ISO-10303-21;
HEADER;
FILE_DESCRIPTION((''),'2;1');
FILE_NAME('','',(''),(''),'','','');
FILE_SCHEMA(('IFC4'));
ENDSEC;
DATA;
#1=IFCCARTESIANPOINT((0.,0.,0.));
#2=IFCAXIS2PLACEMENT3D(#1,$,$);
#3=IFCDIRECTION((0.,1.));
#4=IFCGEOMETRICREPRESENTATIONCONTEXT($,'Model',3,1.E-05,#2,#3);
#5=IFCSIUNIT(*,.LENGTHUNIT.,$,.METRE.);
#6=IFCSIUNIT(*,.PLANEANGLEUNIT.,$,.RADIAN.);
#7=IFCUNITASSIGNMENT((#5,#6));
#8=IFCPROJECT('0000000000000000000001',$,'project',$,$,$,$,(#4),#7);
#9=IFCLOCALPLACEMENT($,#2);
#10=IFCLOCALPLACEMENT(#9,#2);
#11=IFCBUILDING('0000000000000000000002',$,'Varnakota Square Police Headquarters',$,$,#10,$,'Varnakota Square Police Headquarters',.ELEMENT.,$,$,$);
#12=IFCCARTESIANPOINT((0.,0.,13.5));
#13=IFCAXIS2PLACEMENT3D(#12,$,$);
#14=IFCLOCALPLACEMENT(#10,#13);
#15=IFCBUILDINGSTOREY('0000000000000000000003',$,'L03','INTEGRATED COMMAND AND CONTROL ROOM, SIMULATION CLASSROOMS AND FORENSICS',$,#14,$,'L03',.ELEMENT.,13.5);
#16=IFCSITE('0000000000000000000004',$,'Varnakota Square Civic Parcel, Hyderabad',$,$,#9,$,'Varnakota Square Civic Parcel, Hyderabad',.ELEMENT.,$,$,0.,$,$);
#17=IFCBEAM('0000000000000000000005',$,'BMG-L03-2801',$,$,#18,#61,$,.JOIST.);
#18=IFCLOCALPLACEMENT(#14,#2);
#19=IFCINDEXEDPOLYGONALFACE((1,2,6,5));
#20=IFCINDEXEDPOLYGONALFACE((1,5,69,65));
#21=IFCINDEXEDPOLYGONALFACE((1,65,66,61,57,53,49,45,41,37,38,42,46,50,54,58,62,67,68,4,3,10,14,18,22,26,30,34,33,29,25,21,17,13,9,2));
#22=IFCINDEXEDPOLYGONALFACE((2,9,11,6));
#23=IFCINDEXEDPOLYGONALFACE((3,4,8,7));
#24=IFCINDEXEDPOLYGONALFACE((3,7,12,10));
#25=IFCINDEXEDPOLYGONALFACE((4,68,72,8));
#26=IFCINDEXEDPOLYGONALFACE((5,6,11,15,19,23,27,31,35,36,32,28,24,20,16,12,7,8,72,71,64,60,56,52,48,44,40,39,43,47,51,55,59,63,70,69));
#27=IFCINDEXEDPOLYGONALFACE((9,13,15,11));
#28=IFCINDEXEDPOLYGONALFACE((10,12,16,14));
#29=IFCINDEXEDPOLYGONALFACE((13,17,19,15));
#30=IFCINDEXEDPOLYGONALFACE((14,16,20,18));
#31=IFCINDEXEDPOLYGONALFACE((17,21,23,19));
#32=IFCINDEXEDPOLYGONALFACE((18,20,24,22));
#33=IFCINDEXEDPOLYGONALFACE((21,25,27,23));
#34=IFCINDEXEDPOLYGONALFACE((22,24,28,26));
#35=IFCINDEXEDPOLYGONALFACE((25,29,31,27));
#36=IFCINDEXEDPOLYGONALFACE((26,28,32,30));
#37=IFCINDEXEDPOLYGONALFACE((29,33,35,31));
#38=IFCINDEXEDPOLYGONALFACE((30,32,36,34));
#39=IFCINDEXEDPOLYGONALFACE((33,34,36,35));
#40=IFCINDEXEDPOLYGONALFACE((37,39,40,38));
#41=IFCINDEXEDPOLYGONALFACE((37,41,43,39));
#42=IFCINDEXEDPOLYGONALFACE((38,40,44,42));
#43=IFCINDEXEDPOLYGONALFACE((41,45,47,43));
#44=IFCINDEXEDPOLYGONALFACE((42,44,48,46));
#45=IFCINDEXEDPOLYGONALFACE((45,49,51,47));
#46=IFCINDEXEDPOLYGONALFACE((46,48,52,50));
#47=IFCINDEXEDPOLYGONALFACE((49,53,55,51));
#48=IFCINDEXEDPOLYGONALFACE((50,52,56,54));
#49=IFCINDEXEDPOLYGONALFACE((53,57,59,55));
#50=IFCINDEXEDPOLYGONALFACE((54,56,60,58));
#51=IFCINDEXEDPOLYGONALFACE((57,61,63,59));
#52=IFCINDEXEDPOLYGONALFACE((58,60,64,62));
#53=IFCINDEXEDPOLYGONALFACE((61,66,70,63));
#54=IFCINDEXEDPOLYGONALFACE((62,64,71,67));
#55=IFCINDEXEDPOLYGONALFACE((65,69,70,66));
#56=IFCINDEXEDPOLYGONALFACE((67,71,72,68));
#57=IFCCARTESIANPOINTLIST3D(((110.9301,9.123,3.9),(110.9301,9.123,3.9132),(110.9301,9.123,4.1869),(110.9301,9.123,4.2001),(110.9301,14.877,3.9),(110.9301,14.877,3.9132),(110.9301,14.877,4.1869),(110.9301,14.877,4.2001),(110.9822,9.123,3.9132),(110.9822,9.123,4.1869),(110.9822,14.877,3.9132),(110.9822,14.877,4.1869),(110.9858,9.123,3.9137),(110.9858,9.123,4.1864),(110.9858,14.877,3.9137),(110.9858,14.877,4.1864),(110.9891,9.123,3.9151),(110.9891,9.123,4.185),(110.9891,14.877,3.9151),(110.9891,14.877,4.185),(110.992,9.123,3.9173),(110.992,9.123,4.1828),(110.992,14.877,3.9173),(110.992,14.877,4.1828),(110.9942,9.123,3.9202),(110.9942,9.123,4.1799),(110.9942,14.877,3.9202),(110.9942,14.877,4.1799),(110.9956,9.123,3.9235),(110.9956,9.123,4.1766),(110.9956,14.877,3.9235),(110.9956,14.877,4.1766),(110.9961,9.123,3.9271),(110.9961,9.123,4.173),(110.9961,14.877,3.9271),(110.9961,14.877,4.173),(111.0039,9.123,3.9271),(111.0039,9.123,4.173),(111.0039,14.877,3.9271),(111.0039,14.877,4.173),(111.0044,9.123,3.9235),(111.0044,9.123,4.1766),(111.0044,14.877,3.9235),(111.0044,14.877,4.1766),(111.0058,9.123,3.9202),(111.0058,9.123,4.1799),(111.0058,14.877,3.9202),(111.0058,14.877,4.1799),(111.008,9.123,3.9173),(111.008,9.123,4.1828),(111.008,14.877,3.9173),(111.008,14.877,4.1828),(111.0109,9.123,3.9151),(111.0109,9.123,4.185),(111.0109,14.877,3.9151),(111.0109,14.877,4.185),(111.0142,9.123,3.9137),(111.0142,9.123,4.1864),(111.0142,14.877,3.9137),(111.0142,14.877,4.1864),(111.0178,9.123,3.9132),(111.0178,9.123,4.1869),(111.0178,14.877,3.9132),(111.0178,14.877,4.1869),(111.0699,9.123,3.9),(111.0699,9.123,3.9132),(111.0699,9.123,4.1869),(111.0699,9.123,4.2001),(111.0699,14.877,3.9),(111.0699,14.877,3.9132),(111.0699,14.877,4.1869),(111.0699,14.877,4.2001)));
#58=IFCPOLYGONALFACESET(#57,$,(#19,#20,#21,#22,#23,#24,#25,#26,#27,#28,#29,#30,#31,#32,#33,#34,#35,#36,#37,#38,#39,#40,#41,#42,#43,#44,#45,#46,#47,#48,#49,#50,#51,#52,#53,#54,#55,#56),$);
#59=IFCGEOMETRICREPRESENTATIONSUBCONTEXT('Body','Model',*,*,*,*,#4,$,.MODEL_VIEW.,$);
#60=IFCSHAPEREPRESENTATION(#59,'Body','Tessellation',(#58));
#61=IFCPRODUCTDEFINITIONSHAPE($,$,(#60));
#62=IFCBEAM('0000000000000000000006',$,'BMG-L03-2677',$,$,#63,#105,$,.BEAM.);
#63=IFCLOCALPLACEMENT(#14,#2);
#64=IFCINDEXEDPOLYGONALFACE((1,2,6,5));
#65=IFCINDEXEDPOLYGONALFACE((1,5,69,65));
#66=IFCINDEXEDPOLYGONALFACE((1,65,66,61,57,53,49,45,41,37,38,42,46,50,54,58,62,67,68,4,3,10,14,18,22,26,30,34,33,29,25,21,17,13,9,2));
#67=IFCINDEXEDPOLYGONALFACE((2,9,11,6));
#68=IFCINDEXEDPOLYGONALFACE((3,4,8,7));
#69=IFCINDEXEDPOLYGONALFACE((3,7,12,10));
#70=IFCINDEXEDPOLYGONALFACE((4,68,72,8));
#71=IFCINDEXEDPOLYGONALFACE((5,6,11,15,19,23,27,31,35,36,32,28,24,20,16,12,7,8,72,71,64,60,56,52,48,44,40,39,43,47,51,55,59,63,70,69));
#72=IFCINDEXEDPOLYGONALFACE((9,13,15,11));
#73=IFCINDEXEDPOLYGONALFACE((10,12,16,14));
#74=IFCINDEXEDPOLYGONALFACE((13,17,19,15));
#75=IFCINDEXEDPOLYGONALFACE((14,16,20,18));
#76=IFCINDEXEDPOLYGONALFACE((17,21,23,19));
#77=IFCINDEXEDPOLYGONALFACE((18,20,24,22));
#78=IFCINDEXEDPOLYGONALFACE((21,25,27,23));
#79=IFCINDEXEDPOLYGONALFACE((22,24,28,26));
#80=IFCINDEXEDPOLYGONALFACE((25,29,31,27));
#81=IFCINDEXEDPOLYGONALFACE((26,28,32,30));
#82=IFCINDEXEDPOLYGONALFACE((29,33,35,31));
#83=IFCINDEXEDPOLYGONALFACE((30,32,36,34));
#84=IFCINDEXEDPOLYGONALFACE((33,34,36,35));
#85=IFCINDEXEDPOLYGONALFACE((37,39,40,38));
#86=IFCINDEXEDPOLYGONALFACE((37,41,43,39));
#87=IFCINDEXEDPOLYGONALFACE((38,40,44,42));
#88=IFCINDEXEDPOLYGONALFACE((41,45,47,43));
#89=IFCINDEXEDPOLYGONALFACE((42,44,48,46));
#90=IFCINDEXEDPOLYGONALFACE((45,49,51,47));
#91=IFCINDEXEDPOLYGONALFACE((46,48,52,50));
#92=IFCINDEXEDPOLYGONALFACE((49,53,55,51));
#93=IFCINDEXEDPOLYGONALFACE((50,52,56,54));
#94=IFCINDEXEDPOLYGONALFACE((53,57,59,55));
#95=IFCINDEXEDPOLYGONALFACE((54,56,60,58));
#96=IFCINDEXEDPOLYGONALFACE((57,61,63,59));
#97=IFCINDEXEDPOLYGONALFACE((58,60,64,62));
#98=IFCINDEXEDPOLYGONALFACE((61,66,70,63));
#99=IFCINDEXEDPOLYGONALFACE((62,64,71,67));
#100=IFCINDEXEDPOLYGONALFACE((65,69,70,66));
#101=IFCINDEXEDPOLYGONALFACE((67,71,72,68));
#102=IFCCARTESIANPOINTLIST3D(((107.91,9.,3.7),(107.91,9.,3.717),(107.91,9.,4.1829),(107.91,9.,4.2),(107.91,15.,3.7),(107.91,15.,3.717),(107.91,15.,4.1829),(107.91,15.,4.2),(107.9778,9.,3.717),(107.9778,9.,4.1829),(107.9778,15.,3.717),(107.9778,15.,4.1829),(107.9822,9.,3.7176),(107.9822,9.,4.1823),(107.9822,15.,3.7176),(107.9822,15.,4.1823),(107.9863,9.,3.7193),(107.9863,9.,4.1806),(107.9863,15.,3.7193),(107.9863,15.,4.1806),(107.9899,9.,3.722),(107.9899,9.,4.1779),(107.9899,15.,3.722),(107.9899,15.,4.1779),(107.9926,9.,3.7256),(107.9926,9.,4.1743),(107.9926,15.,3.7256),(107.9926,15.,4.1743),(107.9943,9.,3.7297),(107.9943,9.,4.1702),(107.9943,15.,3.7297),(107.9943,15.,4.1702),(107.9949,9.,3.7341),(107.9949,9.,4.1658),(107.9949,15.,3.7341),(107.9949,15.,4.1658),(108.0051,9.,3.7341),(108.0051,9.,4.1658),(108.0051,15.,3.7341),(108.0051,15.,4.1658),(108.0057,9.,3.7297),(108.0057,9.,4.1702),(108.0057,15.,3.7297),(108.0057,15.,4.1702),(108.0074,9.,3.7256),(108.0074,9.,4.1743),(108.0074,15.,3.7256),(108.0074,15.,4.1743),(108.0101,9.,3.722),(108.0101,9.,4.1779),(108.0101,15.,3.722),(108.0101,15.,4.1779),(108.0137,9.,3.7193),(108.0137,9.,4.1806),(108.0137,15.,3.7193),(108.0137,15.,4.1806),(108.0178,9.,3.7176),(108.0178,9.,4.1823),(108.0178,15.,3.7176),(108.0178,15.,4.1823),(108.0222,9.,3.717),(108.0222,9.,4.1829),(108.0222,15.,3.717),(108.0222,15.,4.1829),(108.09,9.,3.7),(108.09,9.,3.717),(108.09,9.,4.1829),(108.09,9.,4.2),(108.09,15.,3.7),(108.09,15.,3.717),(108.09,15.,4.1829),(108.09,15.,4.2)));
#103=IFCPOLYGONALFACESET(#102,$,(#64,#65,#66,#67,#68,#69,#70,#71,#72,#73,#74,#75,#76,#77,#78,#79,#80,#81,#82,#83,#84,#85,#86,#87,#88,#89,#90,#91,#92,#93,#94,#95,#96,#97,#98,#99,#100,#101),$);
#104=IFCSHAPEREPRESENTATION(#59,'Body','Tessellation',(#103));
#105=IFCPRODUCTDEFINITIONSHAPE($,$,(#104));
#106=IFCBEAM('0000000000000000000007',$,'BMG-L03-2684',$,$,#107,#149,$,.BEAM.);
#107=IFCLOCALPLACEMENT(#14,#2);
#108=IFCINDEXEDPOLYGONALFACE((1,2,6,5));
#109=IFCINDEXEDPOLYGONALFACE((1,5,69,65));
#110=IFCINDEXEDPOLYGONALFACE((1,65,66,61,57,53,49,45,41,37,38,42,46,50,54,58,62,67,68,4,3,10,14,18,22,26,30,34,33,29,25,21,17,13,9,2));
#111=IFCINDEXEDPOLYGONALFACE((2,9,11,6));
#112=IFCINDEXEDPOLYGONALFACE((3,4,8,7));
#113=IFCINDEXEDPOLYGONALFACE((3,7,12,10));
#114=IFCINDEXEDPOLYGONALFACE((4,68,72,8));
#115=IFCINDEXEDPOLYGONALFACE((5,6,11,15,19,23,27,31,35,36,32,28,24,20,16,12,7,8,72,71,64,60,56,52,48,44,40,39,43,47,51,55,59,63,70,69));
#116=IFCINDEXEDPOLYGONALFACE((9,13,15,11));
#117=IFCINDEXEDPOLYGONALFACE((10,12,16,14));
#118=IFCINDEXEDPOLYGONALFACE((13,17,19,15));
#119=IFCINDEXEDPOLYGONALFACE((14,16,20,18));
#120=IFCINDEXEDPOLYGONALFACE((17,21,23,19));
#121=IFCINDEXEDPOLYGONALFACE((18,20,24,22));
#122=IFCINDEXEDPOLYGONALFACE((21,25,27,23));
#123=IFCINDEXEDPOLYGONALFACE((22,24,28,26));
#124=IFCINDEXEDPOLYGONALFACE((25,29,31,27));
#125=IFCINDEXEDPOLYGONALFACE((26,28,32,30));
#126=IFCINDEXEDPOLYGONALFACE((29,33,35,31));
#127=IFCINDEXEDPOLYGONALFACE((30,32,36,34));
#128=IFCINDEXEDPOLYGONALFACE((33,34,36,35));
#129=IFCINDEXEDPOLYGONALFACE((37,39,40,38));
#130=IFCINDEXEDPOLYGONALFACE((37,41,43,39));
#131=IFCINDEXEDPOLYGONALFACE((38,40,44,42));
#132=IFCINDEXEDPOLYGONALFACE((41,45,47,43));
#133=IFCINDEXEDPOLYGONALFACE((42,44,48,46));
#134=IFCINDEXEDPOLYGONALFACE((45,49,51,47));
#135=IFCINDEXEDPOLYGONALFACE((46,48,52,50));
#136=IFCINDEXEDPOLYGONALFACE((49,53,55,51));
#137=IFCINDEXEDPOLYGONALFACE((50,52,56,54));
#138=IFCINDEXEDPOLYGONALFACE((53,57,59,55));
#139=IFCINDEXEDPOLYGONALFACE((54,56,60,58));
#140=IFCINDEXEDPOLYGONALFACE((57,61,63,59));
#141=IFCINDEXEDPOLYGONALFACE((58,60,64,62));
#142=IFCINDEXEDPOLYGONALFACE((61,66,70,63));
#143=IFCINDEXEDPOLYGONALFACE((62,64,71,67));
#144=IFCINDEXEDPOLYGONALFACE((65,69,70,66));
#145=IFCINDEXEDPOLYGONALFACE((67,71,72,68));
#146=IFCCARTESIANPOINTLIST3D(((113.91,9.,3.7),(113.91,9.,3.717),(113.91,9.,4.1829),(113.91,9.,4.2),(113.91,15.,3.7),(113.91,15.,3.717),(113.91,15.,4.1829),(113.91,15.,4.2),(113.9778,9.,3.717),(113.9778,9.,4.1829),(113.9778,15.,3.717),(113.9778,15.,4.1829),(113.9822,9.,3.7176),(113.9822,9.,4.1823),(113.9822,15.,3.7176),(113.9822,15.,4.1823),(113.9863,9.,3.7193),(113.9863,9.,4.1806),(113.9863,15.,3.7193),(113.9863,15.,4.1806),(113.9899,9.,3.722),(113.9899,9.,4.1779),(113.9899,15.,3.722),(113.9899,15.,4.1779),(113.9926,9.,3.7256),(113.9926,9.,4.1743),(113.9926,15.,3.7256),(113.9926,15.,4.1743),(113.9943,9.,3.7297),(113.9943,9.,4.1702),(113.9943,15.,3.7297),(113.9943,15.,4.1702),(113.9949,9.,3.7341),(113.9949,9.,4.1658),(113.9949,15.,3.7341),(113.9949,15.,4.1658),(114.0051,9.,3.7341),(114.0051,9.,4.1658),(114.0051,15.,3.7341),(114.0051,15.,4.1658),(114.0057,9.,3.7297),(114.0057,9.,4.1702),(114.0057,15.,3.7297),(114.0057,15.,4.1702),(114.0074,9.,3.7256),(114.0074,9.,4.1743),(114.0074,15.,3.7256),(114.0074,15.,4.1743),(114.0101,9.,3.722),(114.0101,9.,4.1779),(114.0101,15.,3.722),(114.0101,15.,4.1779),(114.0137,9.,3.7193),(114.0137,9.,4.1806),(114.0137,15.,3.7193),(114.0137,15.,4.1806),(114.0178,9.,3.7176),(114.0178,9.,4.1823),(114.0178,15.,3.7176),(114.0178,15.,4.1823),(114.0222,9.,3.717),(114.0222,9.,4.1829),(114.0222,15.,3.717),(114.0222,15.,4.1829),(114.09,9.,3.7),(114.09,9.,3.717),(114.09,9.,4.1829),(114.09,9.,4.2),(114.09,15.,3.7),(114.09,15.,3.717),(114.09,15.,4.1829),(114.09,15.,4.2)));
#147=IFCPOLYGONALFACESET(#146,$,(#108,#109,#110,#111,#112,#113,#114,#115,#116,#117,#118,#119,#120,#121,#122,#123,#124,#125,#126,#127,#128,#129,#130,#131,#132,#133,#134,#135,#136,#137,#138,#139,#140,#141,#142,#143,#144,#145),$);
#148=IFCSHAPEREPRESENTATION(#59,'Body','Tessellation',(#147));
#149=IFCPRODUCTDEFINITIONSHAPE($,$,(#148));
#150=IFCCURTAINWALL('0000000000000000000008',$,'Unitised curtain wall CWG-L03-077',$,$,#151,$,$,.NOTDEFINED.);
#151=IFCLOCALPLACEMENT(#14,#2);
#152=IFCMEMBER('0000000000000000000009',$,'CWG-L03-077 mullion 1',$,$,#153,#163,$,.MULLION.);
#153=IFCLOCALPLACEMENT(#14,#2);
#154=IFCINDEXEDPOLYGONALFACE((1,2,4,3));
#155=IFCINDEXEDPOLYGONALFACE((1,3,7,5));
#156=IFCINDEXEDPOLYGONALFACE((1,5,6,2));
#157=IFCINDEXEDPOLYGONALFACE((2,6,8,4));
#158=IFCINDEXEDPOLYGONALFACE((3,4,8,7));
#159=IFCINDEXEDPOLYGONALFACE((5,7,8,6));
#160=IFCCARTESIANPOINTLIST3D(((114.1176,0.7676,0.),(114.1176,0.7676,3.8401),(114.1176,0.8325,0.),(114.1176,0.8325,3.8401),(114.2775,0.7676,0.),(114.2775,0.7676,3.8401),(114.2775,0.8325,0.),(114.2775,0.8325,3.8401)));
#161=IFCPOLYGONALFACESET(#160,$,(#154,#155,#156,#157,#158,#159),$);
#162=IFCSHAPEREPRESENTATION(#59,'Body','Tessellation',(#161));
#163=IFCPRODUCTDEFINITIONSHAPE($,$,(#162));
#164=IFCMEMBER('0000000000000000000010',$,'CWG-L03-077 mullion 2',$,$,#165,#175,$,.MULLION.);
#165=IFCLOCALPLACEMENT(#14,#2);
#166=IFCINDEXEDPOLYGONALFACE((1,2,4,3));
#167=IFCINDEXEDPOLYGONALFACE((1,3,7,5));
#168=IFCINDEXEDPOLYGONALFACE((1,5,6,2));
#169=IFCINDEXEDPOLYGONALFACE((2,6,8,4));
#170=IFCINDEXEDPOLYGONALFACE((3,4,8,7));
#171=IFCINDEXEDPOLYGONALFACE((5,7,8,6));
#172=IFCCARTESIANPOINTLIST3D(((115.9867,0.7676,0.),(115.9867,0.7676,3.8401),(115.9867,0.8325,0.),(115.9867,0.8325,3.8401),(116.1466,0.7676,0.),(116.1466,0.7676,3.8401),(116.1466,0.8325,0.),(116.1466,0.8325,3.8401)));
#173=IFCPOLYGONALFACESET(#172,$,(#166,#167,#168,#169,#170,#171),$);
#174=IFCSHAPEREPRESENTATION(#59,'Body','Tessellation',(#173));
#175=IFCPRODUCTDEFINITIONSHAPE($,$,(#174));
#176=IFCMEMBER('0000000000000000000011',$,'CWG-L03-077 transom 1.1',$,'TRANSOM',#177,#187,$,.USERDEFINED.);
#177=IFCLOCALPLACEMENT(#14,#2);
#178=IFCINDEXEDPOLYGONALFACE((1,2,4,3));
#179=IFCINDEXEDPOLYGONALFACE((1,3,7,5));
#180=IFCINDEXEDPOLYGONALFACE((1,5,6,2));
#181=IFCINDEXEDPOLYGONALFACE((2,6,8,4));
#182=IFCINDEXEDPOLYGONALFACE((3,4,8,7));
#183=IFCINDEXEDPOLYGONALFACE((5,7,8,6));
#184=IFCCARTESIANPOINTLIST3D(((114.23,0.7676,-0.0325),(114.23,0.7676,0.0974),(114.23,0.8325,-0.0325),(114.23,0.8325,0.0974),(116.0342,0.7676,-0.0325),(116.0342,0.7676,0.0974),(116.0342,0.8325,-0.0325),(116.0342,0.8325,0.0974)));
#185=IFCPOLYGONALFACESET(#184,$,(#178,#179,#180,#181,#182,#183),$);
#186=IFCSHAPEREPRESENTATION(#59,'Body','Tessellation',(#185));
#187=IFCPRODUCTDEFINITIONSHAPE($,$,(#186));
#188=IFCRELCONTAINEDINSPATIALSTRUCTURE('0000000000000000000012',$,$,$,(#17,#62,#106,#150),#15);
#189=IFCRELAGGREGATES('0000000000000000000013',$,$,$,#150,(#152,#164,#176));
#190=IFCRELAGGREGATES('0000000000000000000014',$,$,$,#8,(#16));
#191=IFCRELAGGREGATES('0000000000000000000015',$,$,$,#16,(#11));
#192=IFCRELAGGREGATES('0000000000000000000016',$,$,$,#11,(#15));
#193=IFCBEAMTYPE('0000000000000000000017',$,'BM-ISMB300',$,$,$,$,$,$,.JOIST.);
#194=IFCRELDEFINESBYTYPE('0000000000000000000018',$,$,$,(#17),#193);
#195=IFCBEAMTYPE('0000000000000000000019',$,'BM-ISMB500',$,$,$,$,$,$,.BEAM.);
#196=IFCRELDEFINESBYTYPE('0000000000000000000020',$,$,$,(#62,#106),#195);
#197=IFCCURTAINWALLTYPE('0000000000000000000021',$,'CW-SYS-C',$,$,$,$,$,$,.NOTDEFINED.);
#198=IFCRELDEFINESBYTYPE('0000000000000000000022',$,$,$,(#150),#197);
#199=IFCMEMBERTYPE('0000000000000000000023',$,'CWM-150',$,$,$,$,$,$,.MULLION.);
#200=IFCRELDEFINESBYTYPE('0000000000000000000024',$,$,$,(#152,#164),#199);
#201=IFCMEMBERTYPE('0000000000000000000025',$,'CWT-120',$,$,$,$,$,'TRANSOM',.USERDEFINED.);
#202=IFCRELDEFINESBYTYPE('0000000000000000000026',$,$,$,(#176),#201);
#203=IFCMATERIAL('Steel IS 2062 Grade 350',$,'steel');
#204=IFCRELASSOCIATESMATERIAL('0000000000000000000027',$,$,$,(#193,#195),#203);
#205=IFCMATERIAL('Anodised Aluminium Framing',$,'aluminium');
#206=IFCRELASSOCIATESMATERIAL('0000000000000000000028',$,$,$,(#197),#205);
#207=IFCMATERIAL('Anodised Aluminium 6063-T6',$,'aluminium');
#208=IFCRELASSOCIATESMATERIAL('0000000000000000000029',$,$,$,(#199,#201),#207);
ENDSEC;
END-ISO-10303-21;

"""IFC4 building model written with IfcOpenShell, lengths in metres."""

from ifc_helpers import new_model, si_unit, direction, frame, origin, origin_2d, place, context, subcontext, project, spatial, rectangle, i_section, extrude, material, material_profile, profile_set, type_object, element, aggregate, save


model = new_model("IFC4")

# Units and contexts
model_context = context("Model", 3, precision=1e-05, world=origin(), true_north=direction((0.0, 1.0)))
body_context = subcontext(model_context, "Body", "Model", "MODEL_VIEW")
ifc_project = project(units=[si_unit("LENGTHUNIT", "METRE"), si_unit("PLANEANGLEUNIT", "RADIAN")], contexts=[model_context])

# Site, building, storey
site_placement = place(None, origin())
site = spatial("IfcSite", under=ifc_project, at=site_placement, Name="Varnakota Square Civic Parcel, Hyderabad", LongName="Varnakota Square Civic Parcel, Hyderabad", CompositionType="ELEMENT", RefElevation=0.0)
building_placement = place(site_placement, origin())
building = spatial("IfcBuilding", under=site, at=building_placement, Name="Varnakota Square Police Headquarters", LongName="Varnakota Square Police Headquarters", CompositionType="ELEMENT")
storey_placement = place(building_placement, frame((0.0, 0.0, 13.5)))
storey = spatial("IfcBuildingStorey", under=building, at=storey_placement, Name="L03", Description="INTEGRATED COMMAND AND CONTROL ROOM, SIMULATION CLASSROOMS AND FORENSICS", LongName="L03", CompositionType="ELEMENT", Elevation=13.5)

# Shared definitions
ifc_material_1 = material(Name="Steel IS 2062 Grade 350", Category="steel")

# Beams
ifc_material_profile_1 = material_profile(ifc_material_1, i_section(OverallWidth=0.1399, OverallDepth=0.3, WebThickness=0.0078, FlangeThickness=0.0132, FilletRadius=0.0139, at=origin_2d()), Name="ISMB 300")
ifc_profile_set_1 = profile_set([ifc_material_profile_1], Name="Steel IS 2062 Grade 350")
beam_type_1 = type_object("IfcBeamType", Name="BM-ISMB300", PredefinedType="JOIST", material=ifc_profile_set_1)
beam_1_placement = place(storey_placement, frame((111.0, 9.123, 4.05), z_axis=(0.0, 1.0, 0.0), x_axis=(-1.0, 0.0, 0.0)))
element("IfcBeam", 1, at=beam_1_placement, inside=storey, type_object=beam_type_1, Name="BMG-L03-2801", PredefinedType="JOIST", context=body_context, shape_type="SweptSolid", body=[
    extrude(i_section(OverallWidth=0.1399, OverallDepth=0.3, WebThickness=0.0078, FlangeThickness=0.0132, FilletRadius=0.0139, at=origin_2d()), origin(), (0.0, 0.0, 1.0), 5.7539),
])
ifc_material_profile_2 = material_profile(ifc_material_1, i_section(OverallWidth=0.1799, OverallDepth=0.5, WebThickness=0.0103, FlangeThickness=0.0171, FilletRadius=0.0171, at=origin_2d()), Name="ISMB 500")
ifc_profile_set_2 = profile_set([ifc_material_profile_2], Name="Steel IS 2062 Grade 350")
beam_type_2 = type_object("IfcBeamType", Name="BM-ISMB500", PredefinedType="BEAM", material=ifc_profile_set_2)
for number, where, z_axis, x_axis, name in (
    (2, (108.0, 9.0, 3.95), (0.0, 1.0, 0.0), (-1.0, 0.0, 0.0), "BMG-L03-2677"),
    (3, (114.0, 9.0, 3.95), (0.0, 1.0, 0.0), (-1.0, 0.0, 0.0), "BMG-L03-2684"),
):
    element("IfcBeam", number, at=place(storey_placement, frame(where, z_axis=z_axis, x_axis=x_axis)), inside=storey, type_object=beam_type_2, Name=name, PredefinedType="BEAM", context=body_context, shape_type="SweptSolid", body=[
        extrude(i_section(OverallWidth=0.1799, OverallDepth=0.5, WebThickness=0.0103, FlangeThickness=0.0171, FilletRadius=0.0171, at=origin_2d()), origin(), (0.0, 0.0, 1.0), 6.0),
    ])

# Curtain wall, members
ifc_material_2 = material(Name="Anodised Aluminium Framing", Category="aluminium")
curtain_wall_type = type_object("IfcCurtainWallType", Name="CW-SYS-C", PredefinedType="NOTDEFINED", material=ifc_material_2)
curtain_wall_placement = place(storey_placement, origin())
curtain_wall = element("IfcCurtainWall", 4, at=curtain_wall_placement, inside=storey, type_object=curtain_wall_type, Name="Unitised curtain wall CWG-L03-077", PredefinedType="NOTDEFINED")
ifc_material_3 = material(Name="Anodised Aluminium 6063-T6", Category="aluminium")
ifc_material_profile_3 = material_profile(ifc_material_3, rectangle(XDim=0.0649, YDim=0.1599, at=origin_2d()), Name="ALU MULLION 65x160")
ifc_profile_set_3 = profile_set([ifc_material_profile_3], Name="Anodised Aluminium 6063-T6")
member_type_1 = type_object("IfcMemberType", Name="CWM-150", PredefinedType="MULLION", material=ifc_profile_set_3)
member_1_placement = place(storey_placement, frame((114.1975, 0.8, 0.0), z_axis=(0.0, 0.0, 1.0), x_axis=(0.0, 1.0, 0.0)))
member_1 = element("IfcMember", 5, at=member_1_placement, type_object=member_type_1, Name="CWG-L03-077 mullion 1", PredefinedType="MULLION", context=body_context, shape_type="SweptSolid", body=[
    extrude(rectangle(XDim=0.0649, YDim=0.1599, at=origin_2d()), origin(), (0.0, 0.0, 1.0), 3.8401),
])
member_2_placement = place(storey_placement, frame((116.0667, 0.8, 0.0), z_axis=(0.0, 0.0, 1.0), x_axis=(0.0, 1.0, 0.0)))
member_2 = element("IfcMember", 6, at=member_2_placement, type_object=member_type_1, Name="CWG-L03-077 mullion 2", PredefinedType="MULLION", context=body_context, shape_type="SweptSolid", body=[
    extrude(rectangle(XDim=0.0649, YDim=0.1599, at=origin_2d()), origin(), (0.0, 0.0, 1.0), 3.8401),
])
ifc_material_profile_4 = material_profile(ifc_material_3, rectangle(XDim=0.0649, YDim=0.1299, at=origin_2d()), Name="ALU TRANSOM 65x130")
ifc_profile_set_4 = profile_set([ifc_material_profile_4], Name="Anodised Aluminium 6063-T6")
member_type_2 = type_object("IfcMemberType", Name="CWT-120", ElementType="TRANSOM", PredefinedType="USERDEFINED", material=ifc_profile_set_4)
member_3_placement = place(storey_placement, frame((114.23, 0.8, 0.0325), z_axis=(1.0, 0.0, 0.0), x_axis=(0.0, 1.0, 0.0)))
member_3 = element("IfcMember", 7, at=member_3_placement, type_object=member_type_2, Name="CWG-L03-077 transom 1.1", ObjectType="TRANSOM", PredefinedType="USERDEFINED", context=body_context, shape_type="SweptSolid", body=[
    extrude(rectangle(XDim=0.0649, YDim=0.1299, at=origin_2d()), origin(), (0.0, 0.0, 1.0), 1.8042),
])
aggregate(curtain_wall, [member_1, member_2, member_3])

save(model, "model.ifc")
